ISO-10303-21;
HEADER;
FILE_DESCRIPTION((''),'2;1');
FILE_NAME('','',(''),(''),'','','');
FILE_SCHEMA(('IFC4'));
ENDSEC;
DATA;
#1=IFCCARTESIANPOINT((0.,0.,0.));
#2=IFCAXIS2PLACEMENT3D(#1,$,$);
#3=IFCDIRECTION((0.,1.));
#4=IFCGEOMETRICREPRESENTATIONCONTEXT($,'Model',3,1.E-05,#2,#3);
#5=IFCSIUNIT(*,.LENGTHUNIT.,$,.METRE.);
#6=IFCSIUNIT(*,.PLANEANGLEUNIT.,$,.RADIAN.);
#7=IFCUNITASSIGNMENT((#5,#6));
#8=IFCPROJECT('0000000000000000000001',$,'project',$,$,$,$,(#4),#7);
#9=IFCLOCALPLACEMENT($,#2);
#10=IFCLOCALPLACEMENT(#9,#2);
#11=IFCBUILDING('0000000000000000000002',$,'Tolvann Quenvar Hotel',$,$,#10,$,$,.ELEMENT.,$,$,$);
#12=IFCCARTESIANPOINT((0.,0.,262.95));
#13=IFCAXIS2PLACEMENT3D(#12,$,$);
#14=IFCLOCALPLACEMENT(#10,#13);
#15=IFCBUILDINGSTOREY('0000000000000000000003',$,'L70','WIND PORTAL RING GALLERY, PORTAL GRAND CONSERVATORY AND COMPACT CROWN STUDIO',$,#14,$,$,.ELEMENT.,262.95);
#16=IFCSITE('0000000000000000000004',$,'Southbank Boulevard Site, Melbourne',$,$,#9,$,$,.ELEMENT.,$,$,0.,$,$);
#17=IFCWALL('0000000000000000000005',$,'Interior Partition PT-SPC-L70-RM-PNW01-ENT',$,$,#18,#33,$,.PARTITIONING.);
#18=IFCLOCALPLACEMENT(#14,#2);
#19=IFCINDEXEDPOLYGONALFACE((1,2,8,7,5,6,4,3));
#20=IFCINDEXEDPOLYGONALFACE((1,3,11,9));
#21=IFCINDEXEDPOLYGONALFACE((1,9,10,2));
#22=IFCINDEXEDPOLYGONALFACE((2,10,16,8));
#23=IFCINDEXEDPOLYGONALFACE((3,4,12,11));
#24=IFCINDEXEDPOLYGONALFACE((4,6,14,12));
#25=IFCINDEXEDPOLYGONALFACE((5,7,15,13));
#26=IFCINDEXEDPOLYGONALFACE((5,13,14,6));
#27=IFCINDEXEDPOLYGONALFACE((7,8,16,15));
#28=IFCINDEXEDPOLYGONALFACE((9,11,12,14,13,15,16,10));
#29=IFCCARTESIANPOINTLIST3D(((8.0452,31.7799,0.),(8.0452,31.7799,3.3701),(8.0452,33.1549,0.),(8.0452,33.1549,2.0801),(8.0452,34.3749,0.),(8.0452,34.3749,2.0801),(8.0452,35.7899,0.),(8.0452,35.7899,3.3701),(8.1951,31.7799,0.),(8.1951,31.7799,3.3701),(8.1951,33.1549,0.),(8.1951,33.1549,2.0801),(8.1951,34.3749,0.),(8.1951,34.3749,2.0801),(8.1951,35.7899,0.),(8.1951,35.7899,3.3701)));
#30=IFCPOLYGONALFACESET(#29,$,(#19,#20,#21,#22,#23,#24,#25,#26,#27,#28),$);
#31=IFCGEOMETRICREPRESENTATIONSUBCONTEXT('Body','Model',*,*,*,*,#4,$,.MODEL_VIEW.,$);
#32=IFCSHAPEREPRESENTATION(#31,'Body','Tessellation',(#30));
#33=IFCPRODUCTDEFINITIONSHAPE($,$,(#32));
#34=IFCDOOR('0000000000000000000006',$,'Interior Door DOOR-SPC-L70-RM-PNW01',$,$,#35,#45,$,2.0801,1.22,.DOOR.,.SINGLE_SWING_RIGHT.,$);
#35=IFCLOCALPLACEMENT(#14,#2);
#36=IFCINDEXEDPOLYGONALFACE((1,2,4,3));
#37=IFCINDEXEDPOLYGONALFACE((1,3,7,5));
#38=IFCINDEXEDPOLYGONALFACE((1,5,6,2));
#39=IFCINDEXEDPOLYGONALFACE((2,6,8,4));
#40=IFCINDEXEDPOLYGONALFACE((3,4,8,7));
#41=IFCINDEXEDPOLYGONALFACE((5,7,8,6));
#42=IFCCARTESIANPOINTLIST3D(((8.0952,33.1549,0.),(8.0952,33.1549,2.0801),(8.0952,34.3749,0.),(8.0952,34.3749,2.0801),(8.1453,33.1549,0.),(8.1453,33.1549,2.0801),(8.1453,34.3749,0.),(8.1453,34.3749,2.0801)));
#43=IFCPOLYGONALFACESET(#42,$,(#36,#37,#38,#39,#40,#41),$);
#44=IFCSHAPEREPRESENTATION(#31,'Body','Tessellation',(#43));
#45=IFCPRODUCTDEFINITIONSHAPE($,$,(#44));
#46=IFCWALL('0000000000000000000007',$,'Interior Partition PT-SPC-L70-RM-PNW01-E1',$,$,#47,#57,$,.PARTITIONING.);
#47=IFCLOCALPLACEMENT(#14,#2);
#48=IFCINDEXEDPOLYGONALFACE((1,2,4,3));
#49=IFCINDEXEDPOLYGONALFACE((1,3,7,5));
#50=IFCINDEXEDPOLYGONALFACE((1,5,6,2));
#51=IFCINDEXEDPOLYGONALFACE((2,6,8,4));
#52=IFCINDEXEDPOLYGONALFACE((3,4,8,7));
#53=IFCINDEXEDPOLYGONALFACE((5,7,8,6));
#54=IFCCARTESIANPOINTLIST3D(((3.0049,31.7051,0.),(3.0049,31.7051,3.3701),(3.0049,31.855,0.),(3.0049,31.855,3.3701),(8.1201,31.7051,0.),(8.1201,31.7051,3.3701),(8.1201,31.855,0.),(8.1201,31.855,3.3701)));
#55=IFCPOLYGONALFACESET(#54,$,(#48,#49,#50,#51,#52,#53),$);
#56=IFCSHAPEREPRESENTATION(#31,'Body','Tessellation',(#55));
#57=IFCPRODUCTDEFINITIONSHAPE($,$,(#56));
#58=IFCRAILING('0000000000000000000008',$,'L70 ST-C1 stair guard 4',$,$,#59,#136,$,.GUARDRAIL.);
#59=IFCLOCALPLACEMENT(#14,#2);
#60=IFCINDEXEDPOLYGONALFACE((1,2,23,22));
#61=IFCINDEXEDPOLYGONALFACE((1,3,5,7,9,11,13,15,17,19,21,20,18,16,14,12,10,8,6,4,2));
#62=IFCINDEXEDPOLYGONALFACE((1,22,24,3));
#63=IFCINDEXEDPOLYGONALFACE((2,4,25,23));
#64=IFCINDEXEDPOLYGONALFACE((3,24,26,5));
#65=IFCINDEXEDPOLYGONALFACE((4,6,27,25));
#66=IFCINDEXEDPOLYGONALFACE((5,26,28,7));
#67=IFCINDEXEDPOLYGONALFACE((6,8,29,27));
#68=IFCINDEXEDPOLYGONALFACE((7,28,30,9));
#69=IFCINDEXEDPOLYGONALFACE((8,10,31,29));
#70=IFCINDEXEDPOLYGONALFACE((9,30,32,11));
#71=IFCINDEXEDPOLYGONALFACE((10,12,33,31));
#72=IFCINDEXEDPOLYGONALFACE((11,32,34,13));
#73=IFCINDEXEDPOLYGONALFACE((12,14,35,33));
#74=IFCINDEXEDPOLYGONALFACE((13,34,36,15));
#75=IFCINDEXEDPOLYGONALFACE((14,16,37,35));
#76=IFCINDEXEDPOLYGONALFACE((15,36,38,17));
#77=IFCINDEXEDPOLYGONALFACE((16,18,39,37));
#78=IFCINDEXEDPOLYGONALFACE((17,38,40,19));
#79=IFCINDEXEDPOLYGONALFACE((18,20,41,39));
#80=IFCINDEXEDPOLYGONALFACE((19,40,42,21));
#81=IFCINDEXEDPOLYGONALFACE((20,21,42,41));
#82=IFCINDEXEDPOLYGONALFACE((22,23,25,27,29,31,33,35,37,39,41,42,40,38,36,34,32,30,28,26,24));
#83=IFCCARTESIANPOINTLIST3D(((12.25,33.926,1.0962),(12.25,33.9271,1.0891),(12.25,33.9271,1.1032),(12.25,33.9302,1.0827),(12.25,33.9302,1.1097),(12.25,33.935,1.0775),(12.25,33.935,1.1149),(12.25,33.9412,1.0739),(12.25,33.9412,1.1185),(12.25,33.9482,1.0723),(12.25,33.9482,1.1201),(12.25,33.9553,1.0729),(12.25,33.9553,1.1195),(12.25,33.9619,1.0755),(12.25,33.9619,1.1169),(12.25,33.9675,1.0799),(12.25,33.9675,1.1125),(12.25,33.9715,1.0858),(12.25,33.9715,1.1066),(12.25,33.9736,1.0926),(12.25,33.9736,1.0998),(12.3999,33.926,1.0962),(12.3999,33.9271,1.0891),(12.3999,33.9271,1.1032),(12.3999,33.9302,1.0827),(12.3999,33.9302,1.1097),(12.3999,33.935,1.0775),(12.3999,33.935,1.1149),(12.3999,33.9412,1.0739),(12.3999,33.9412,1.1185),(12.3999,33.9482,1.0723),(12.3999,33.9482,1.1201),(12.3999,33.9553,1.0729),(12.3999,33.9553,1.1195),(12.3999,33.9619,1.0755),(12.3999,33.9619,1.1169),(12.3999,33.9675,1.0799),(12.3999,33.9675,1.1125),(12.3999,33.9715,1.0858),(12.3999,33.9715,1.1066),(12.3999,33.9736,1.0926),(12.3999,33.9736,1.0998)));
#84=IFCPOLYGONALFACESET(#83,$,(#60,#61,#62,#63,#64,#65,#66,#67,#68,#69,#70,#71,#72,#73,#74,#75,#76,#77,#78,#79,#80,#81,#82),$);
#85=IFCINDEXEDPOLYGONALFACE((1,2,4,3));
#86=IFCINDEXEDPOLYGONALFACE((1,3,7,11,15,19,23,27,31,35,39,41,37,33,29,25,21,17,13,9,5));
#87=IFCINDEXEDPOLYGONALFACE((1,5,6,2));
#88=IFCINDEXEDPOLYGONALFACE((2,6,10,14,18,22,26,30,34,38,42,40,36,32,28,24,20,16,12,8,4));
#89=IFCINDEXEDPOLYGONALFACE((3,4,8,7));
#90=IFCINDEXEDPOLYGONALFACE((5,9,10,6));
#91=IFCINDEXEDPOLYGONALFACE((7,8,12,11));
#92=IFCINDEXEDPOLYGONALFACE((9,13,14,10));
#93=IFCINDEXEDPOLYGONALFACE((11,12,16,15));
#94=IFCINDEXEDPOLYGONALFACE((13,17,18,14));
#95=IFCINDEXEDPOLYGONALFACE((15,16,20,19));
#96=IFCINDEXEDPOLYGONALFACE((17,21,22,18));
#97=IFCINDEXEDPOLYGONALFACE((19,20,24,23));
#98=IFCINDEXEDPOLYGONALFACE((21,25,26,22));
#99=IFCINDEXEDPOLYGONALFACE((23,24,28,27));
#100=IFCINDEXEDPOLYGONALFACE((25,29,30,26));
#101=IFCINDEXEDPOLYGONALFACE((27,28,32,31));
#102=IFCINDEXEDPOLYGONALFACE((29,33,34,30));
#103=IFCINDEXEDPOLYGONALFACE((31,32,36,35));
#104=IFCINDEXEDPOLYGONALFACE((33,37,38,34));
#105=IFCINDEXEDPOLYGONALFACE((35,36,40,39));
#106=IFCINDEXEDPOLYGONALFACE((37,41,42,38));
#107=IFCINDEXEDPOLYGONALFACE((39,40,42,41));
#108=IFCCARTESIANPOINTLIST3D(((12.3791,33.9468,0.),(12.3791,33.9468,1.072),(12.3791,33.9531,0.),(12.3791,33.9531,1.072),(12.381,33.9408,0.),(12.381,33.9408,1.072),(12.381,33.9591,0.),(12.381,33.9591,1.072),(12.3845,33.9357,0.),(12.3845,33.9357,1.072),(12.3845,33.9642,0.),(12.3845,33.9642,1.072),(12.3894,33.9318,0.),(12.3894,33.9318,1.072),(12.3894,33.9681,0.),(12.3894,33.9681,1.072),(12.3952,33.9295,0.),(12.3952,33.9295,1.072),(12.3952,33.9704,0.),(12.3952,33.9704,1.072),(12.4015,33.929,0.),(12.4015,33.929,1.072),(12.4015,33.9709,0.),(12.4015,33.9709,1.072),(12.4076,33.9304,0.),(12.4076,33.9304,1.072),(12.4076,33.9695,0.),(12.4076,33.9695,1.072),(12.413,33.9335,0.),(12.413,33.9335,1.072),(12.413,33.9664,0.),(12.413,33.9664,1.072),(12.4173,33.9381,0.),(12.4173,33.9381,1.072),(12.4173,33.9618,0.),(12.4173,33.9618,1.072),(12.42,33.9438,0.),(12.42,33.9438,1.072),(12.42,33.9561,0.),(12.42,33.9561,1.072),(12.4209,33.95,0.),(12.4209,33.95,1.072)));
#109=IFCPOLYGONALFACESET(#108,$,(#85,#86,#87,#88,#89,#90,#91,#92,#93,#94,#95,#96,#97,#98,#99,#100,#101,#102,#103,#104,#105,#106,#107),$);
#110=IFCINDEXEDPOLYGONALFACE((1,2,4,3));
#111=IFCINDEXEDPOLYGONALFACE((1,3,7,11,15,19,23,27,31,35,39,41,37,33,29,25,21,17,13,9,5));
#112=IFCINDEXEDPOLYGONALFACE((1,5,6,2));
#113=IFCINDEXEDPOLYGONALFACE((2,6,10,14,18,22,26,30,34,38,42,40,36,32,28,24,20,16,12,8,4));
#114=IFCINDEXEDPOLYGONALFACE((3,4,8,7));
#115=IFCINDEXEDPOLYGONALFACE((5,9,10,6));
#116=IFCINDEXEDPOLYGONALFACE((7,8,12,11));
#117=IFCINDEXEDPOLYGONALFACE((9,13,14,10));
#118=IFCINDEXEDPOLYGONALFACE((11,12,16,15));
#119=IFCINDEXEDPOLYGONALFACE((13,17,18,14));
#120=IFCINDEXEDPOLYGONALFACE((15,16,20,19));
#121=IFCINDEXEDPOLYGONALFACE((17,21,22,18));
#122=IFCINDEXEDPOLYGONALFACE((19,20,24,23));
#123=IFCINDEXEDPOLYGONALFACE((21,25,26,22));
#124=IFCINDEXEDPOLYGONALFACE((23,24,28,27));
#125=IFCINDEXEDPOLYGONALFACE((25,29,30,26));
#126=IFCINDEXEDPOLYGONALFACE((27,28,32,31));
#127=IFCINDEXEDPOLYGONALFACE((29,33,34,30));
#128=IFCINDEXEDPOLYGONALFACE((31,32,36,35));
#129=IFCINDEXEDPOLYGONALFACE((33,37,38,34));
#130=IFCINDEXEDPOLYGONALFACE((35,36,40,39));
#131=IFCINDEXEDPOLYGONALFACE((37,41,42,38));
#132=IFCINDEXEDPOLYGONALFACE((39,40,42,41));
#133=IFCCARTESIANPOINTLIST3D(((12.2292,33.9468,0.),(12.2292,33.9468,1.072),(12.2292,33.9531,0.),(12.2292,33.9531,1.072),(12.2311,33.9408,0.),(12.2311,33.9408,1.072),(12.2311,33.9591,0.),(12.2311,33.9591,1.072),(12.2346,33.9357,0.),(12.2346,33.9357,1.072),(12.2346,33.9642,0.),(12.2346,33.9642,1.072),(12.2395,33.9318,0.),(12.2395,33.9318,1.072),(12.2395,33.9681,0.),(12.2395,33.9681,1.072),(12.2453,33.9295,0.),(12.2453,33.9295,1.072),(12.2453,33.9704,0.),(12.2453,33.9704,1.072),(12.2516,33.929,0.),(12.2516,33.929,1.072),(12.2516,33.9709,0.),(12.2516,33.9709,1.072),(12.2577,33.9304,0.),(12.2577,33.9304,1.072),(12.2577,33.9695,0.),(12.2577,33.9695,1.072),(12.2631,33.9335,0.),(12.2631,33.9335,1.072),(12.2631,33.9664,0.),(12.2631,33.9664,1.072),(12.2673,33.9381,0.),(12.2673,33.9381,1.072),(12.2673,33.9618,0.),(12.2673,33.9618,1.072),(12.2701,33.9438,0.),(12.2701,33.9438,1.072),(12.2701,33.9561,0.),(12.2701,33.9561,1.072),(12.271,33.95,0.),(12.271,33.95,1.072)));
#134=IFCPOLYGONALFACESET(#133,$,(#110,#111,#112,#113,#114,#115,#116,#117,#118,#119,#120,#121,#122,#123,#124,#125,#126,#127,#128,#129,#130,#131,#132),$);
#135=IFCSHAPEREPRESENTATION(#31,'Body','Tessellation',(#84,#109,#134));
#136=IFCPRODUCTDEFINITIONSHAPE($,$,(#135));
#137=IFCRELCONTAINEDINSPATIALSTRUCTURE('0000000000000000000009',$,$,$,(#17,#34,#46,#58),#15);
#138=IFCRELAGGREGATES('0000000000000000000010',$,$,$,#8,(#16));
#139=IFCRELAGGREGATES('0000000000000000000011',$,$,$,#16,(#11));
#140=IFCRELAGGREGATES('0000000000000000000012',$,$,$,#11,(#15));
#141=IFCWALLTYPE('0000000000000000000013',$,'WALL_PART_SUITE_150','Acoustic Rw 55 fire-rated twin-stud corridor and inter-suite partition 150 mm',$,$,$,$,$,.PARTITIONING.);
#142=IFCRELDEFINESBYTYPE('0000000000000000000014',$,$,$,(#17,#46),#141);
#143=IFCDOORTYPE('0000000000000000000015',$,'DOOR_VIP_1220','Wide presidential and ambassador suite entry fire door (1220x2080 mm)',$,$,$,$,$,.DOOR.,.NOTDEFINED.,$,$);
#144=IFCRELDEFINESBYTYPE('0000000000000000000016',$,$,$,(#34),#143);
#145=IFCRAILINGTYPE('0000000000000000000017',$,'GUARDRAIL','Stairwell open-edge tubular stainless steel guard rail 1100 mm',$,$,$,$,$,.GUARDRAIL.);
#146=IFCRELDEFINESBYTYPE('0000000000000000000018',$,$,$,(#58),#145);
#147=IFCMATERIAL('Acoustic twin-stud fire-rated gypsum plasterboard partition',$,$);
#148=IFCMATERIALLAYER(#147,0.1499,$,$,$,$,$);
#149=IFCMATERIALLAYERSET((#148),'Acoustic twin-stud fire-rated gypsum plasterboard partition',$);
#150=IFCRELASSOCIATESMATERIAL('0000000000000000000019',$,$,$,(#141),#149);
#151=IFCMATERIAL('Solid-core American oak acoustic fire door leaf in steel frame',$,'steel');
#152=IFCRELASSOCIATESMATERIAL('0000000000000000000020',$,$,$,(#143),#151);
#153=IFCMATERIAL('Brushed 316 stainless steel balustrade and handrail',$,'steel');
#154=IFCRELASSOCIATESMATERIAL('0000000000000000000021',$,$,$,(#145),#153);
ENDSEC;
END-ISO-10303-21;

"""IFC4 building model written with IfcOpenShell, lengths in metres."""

from ifc_helpers import new_model, si_unit, direction, frame, frame_2d, origin, origin_2d, place, context, subcontext, project, spatial, rectangle, circle, extrude, source, transform, mapped, material, layer, layer_set, type_object, type_shapes, element, fill, save


model = new_model("IFC4")

# Units and contexts
model_context = context("Model", 3, precision=1e-05, world=origin(), true_north=direction((0.0, 1.0)))
body_context = subcontext(model_context, "Body", "Model", "MODEL_VIEW")
ifc_project = project(units=[si_unit("LENGTHUNIT", "METRE"), si_unit("PLANEANGLEUNIT", "RADIAN")], contexts=[model_context])

# Site, building, storey
site_placement = place(None, origin())
site = spatial("IfcSite", under=ifc_project, at=site_placement, Name="Southbank Boulevard Site, Melbourne", CompositionType="ELEMENT", RefElevation=0.0)
building_placement = place(site_placement, origin())
building = spatial("IfcBuilding", under=site, at=building_placement, Name="Tolvann Quenvar Hotel", CompositionType="ELEMENT")
storey_placement = place(building_placement, frame((0.0, 0.0, 262.95)))
storey = spatial("IfcBuildingStorey", under=building, at=storey_placement, Name="L70", Description="WIND PORTAL RING GALLERY, PORTAL GRAND CONSERVATORY AND COMPACT CROWN STUDIO", CompositionType="ELEMENT", Elevation=262.95)

# Shared definitions
ifc_material_1 = material(Name="Solid-core American oak acoustic fire door leaf in steel frame", Category="steel")

# Shared definitions
ifc_material_2 = material(Name="Acoustic twin-stud fire-rated gypsum plasterboard partition")

# Shared definitions
ifc_layer_1 = layer(ifc_material_2, 0.1499)
ifc_layer_set_1 = layer_set([ifc_layer_1], Name="Acoustic twin-stud fire-rated gypsum plasterboard partition")
wall_type_1 = type_object("IfcWallType", Name="WALL_PART_SUITE_150", Description="Acoustic Rw 55 fire-rated twin-stud corridor and inter-suite partition 150 mm", PredefinedType="PARTITIONING", material=ifc_layer_set_1)

# Wall, opening, door
wall_1_placement = place(storey_placement, frame((8.1201, 31.78, 0.0), z_axis=(0.0, 0.0, 1.0), x_axis=(0.0, 1.0, 0.0)))
wall_1 = element("IfcWall", 1, at=wall_1_placement, inside=storey, type_object=wall_type_1, Name="Interior Partition PT-SPC-L70-RM-PNW01-ENT", PredefinedType="PARTITIONING", context=body_context, shape_type="SweptSolid", body=[
    extrude(rectangle(XDim=4.01, YDim=0.1499, at=frame_2d((2.0049, 0.0))), origin(), (0.0, 0.0, 1.0), 3.3701),
])
opening_1_placement = place(wall_1_placement, frame((1.375, 0.0, 0.0)))
opening_1 = element("IfcOpeningElement", 2, at=opening_1_placement, cuts=wall_1, PredefinedType="OPENING", context=body_context, shape_type="SweptSolid", body=[
    extrude(rectangle(XDim=1.22, YDim=2.0801, at=frame_2d((0.6099, 1.04))), frame((0.0, 0.085, 0.0), z_axis=(0.0, -1.0, 0.0), x_axis=(1.0, 0.0, 0.0)), (0.0, 0.0, 1.0), 0.1699),
])
door_type_1 = type_object("IfcDoorType", Name="DOOR_VIP_1220", Description="Wide presidential and ambassador suite entry fire door (1220x2080 mm)", OperationType="NOTDEFINED", PredefinedType="DOOR", material=ifc_material_1)
shared_shape_1 = source(origin(), body_context, "Body", "SweptSolid", [
    extrude(rectangle(XDim=1.22, YDim=2.0801, at=frame_2d((0.6099, 1.04))), frame((0.0, 0.0249, 0.0), z_axis=(0.0, -1.0, 0.0), x_axis=(1.0, 0.0, 0.0)), (0.0, 0.0, 1.0), 0.05),
])
type_shapes(door_type_1, [shared_shape_1])
door_1_placement = place(opening_1_placement, origin())
door_1 = element("IfcDoor", 3, at=door_1_placement, inside=storey, type_object=door_type_1, Name="Interior Door DOOR-SPC-L70-RM-PNW01", OperationType="SINGLE_SWING_RIGHT", OverallHeight=2.0801, OverallWidth=1.22, PredefinedType="DOOR", context=body_context, shape_type="MappedRepresentation", body=[
    mapped(shared_shape_1, transform((0.0, 0.0, 0.0), x_axis=(1.0, 0.0, 0.0), y_axis=(0.0, 1.0, 0.0), z_axis=(0.0, 0.0, 1.0), scale=1.0)),
])
fill(opening_1, door_1)

# Wall
wall_2_placement = place(storey_placement, frame((3.0049, 31.78, 0.0), z_axis=(0.0, 0.0, 1.0), x_axis=(1.0, 0.0, 0.0)))
element("IfcWall", 4, at=wall_2_placement, inside=storey, type_object=wall_type_1, Name="Interior Partition PT-SPC-L70-RM-PNW01-E1", PredefinedType="PARTITIONING", context=body_context, shape_type="SweptSolid", body=[
    extrude(rectangle(XDim=5.1152, YDim=0.1499, at=frame_2d((2.5576, 0.0))), origin(), (0.0, 0.0, 1.0), 3.3701),
])

# Railing
ifc_material_3 = material(Name="Brushed 316 stainless steel balustrade and handrail", Category="steel")
railing_type = type_object("IfcRailingType", Name="GUARDRAIL", Description="Stairwell open-edge tubular stainless steel guard rail 1100 mm", PredefinedType="GUARDRAIL", material=ifc_material_3)
railing_placement = place(storey_placement, frame((12.3999, 33.95, 0.0)))
element("IfcRailing", 5, at=railing_placement, inside=storey, type_object=railing_type, Name="L70 ST-C1 stair guard 4", PredefinedType="GUARDRAIL", context=body_context, shape_type="SweptSolid", body=[
    extrude(circle(Radius=0.0239, at=origin_2d()), frame((0.0, 0.0, 1.0962), z_axis=(-1.0, 0.0, 0.0), x_axis=(0.0, -1.0, 0.0)), (0.0, 0.0, 1.0), 0.1499),
    extrude(circle(Radius=0.021, at=origin_2d()), origin(), (0.0, 0.0, 1.0), 1.072),
    extrude(circle(Radius=0.021, at=origin_2d()), frame((-0.1499, 0.0, 0.0)), (0.0, 0.0, 1.0), 1.072),
])

save(model, "model.ifc")
